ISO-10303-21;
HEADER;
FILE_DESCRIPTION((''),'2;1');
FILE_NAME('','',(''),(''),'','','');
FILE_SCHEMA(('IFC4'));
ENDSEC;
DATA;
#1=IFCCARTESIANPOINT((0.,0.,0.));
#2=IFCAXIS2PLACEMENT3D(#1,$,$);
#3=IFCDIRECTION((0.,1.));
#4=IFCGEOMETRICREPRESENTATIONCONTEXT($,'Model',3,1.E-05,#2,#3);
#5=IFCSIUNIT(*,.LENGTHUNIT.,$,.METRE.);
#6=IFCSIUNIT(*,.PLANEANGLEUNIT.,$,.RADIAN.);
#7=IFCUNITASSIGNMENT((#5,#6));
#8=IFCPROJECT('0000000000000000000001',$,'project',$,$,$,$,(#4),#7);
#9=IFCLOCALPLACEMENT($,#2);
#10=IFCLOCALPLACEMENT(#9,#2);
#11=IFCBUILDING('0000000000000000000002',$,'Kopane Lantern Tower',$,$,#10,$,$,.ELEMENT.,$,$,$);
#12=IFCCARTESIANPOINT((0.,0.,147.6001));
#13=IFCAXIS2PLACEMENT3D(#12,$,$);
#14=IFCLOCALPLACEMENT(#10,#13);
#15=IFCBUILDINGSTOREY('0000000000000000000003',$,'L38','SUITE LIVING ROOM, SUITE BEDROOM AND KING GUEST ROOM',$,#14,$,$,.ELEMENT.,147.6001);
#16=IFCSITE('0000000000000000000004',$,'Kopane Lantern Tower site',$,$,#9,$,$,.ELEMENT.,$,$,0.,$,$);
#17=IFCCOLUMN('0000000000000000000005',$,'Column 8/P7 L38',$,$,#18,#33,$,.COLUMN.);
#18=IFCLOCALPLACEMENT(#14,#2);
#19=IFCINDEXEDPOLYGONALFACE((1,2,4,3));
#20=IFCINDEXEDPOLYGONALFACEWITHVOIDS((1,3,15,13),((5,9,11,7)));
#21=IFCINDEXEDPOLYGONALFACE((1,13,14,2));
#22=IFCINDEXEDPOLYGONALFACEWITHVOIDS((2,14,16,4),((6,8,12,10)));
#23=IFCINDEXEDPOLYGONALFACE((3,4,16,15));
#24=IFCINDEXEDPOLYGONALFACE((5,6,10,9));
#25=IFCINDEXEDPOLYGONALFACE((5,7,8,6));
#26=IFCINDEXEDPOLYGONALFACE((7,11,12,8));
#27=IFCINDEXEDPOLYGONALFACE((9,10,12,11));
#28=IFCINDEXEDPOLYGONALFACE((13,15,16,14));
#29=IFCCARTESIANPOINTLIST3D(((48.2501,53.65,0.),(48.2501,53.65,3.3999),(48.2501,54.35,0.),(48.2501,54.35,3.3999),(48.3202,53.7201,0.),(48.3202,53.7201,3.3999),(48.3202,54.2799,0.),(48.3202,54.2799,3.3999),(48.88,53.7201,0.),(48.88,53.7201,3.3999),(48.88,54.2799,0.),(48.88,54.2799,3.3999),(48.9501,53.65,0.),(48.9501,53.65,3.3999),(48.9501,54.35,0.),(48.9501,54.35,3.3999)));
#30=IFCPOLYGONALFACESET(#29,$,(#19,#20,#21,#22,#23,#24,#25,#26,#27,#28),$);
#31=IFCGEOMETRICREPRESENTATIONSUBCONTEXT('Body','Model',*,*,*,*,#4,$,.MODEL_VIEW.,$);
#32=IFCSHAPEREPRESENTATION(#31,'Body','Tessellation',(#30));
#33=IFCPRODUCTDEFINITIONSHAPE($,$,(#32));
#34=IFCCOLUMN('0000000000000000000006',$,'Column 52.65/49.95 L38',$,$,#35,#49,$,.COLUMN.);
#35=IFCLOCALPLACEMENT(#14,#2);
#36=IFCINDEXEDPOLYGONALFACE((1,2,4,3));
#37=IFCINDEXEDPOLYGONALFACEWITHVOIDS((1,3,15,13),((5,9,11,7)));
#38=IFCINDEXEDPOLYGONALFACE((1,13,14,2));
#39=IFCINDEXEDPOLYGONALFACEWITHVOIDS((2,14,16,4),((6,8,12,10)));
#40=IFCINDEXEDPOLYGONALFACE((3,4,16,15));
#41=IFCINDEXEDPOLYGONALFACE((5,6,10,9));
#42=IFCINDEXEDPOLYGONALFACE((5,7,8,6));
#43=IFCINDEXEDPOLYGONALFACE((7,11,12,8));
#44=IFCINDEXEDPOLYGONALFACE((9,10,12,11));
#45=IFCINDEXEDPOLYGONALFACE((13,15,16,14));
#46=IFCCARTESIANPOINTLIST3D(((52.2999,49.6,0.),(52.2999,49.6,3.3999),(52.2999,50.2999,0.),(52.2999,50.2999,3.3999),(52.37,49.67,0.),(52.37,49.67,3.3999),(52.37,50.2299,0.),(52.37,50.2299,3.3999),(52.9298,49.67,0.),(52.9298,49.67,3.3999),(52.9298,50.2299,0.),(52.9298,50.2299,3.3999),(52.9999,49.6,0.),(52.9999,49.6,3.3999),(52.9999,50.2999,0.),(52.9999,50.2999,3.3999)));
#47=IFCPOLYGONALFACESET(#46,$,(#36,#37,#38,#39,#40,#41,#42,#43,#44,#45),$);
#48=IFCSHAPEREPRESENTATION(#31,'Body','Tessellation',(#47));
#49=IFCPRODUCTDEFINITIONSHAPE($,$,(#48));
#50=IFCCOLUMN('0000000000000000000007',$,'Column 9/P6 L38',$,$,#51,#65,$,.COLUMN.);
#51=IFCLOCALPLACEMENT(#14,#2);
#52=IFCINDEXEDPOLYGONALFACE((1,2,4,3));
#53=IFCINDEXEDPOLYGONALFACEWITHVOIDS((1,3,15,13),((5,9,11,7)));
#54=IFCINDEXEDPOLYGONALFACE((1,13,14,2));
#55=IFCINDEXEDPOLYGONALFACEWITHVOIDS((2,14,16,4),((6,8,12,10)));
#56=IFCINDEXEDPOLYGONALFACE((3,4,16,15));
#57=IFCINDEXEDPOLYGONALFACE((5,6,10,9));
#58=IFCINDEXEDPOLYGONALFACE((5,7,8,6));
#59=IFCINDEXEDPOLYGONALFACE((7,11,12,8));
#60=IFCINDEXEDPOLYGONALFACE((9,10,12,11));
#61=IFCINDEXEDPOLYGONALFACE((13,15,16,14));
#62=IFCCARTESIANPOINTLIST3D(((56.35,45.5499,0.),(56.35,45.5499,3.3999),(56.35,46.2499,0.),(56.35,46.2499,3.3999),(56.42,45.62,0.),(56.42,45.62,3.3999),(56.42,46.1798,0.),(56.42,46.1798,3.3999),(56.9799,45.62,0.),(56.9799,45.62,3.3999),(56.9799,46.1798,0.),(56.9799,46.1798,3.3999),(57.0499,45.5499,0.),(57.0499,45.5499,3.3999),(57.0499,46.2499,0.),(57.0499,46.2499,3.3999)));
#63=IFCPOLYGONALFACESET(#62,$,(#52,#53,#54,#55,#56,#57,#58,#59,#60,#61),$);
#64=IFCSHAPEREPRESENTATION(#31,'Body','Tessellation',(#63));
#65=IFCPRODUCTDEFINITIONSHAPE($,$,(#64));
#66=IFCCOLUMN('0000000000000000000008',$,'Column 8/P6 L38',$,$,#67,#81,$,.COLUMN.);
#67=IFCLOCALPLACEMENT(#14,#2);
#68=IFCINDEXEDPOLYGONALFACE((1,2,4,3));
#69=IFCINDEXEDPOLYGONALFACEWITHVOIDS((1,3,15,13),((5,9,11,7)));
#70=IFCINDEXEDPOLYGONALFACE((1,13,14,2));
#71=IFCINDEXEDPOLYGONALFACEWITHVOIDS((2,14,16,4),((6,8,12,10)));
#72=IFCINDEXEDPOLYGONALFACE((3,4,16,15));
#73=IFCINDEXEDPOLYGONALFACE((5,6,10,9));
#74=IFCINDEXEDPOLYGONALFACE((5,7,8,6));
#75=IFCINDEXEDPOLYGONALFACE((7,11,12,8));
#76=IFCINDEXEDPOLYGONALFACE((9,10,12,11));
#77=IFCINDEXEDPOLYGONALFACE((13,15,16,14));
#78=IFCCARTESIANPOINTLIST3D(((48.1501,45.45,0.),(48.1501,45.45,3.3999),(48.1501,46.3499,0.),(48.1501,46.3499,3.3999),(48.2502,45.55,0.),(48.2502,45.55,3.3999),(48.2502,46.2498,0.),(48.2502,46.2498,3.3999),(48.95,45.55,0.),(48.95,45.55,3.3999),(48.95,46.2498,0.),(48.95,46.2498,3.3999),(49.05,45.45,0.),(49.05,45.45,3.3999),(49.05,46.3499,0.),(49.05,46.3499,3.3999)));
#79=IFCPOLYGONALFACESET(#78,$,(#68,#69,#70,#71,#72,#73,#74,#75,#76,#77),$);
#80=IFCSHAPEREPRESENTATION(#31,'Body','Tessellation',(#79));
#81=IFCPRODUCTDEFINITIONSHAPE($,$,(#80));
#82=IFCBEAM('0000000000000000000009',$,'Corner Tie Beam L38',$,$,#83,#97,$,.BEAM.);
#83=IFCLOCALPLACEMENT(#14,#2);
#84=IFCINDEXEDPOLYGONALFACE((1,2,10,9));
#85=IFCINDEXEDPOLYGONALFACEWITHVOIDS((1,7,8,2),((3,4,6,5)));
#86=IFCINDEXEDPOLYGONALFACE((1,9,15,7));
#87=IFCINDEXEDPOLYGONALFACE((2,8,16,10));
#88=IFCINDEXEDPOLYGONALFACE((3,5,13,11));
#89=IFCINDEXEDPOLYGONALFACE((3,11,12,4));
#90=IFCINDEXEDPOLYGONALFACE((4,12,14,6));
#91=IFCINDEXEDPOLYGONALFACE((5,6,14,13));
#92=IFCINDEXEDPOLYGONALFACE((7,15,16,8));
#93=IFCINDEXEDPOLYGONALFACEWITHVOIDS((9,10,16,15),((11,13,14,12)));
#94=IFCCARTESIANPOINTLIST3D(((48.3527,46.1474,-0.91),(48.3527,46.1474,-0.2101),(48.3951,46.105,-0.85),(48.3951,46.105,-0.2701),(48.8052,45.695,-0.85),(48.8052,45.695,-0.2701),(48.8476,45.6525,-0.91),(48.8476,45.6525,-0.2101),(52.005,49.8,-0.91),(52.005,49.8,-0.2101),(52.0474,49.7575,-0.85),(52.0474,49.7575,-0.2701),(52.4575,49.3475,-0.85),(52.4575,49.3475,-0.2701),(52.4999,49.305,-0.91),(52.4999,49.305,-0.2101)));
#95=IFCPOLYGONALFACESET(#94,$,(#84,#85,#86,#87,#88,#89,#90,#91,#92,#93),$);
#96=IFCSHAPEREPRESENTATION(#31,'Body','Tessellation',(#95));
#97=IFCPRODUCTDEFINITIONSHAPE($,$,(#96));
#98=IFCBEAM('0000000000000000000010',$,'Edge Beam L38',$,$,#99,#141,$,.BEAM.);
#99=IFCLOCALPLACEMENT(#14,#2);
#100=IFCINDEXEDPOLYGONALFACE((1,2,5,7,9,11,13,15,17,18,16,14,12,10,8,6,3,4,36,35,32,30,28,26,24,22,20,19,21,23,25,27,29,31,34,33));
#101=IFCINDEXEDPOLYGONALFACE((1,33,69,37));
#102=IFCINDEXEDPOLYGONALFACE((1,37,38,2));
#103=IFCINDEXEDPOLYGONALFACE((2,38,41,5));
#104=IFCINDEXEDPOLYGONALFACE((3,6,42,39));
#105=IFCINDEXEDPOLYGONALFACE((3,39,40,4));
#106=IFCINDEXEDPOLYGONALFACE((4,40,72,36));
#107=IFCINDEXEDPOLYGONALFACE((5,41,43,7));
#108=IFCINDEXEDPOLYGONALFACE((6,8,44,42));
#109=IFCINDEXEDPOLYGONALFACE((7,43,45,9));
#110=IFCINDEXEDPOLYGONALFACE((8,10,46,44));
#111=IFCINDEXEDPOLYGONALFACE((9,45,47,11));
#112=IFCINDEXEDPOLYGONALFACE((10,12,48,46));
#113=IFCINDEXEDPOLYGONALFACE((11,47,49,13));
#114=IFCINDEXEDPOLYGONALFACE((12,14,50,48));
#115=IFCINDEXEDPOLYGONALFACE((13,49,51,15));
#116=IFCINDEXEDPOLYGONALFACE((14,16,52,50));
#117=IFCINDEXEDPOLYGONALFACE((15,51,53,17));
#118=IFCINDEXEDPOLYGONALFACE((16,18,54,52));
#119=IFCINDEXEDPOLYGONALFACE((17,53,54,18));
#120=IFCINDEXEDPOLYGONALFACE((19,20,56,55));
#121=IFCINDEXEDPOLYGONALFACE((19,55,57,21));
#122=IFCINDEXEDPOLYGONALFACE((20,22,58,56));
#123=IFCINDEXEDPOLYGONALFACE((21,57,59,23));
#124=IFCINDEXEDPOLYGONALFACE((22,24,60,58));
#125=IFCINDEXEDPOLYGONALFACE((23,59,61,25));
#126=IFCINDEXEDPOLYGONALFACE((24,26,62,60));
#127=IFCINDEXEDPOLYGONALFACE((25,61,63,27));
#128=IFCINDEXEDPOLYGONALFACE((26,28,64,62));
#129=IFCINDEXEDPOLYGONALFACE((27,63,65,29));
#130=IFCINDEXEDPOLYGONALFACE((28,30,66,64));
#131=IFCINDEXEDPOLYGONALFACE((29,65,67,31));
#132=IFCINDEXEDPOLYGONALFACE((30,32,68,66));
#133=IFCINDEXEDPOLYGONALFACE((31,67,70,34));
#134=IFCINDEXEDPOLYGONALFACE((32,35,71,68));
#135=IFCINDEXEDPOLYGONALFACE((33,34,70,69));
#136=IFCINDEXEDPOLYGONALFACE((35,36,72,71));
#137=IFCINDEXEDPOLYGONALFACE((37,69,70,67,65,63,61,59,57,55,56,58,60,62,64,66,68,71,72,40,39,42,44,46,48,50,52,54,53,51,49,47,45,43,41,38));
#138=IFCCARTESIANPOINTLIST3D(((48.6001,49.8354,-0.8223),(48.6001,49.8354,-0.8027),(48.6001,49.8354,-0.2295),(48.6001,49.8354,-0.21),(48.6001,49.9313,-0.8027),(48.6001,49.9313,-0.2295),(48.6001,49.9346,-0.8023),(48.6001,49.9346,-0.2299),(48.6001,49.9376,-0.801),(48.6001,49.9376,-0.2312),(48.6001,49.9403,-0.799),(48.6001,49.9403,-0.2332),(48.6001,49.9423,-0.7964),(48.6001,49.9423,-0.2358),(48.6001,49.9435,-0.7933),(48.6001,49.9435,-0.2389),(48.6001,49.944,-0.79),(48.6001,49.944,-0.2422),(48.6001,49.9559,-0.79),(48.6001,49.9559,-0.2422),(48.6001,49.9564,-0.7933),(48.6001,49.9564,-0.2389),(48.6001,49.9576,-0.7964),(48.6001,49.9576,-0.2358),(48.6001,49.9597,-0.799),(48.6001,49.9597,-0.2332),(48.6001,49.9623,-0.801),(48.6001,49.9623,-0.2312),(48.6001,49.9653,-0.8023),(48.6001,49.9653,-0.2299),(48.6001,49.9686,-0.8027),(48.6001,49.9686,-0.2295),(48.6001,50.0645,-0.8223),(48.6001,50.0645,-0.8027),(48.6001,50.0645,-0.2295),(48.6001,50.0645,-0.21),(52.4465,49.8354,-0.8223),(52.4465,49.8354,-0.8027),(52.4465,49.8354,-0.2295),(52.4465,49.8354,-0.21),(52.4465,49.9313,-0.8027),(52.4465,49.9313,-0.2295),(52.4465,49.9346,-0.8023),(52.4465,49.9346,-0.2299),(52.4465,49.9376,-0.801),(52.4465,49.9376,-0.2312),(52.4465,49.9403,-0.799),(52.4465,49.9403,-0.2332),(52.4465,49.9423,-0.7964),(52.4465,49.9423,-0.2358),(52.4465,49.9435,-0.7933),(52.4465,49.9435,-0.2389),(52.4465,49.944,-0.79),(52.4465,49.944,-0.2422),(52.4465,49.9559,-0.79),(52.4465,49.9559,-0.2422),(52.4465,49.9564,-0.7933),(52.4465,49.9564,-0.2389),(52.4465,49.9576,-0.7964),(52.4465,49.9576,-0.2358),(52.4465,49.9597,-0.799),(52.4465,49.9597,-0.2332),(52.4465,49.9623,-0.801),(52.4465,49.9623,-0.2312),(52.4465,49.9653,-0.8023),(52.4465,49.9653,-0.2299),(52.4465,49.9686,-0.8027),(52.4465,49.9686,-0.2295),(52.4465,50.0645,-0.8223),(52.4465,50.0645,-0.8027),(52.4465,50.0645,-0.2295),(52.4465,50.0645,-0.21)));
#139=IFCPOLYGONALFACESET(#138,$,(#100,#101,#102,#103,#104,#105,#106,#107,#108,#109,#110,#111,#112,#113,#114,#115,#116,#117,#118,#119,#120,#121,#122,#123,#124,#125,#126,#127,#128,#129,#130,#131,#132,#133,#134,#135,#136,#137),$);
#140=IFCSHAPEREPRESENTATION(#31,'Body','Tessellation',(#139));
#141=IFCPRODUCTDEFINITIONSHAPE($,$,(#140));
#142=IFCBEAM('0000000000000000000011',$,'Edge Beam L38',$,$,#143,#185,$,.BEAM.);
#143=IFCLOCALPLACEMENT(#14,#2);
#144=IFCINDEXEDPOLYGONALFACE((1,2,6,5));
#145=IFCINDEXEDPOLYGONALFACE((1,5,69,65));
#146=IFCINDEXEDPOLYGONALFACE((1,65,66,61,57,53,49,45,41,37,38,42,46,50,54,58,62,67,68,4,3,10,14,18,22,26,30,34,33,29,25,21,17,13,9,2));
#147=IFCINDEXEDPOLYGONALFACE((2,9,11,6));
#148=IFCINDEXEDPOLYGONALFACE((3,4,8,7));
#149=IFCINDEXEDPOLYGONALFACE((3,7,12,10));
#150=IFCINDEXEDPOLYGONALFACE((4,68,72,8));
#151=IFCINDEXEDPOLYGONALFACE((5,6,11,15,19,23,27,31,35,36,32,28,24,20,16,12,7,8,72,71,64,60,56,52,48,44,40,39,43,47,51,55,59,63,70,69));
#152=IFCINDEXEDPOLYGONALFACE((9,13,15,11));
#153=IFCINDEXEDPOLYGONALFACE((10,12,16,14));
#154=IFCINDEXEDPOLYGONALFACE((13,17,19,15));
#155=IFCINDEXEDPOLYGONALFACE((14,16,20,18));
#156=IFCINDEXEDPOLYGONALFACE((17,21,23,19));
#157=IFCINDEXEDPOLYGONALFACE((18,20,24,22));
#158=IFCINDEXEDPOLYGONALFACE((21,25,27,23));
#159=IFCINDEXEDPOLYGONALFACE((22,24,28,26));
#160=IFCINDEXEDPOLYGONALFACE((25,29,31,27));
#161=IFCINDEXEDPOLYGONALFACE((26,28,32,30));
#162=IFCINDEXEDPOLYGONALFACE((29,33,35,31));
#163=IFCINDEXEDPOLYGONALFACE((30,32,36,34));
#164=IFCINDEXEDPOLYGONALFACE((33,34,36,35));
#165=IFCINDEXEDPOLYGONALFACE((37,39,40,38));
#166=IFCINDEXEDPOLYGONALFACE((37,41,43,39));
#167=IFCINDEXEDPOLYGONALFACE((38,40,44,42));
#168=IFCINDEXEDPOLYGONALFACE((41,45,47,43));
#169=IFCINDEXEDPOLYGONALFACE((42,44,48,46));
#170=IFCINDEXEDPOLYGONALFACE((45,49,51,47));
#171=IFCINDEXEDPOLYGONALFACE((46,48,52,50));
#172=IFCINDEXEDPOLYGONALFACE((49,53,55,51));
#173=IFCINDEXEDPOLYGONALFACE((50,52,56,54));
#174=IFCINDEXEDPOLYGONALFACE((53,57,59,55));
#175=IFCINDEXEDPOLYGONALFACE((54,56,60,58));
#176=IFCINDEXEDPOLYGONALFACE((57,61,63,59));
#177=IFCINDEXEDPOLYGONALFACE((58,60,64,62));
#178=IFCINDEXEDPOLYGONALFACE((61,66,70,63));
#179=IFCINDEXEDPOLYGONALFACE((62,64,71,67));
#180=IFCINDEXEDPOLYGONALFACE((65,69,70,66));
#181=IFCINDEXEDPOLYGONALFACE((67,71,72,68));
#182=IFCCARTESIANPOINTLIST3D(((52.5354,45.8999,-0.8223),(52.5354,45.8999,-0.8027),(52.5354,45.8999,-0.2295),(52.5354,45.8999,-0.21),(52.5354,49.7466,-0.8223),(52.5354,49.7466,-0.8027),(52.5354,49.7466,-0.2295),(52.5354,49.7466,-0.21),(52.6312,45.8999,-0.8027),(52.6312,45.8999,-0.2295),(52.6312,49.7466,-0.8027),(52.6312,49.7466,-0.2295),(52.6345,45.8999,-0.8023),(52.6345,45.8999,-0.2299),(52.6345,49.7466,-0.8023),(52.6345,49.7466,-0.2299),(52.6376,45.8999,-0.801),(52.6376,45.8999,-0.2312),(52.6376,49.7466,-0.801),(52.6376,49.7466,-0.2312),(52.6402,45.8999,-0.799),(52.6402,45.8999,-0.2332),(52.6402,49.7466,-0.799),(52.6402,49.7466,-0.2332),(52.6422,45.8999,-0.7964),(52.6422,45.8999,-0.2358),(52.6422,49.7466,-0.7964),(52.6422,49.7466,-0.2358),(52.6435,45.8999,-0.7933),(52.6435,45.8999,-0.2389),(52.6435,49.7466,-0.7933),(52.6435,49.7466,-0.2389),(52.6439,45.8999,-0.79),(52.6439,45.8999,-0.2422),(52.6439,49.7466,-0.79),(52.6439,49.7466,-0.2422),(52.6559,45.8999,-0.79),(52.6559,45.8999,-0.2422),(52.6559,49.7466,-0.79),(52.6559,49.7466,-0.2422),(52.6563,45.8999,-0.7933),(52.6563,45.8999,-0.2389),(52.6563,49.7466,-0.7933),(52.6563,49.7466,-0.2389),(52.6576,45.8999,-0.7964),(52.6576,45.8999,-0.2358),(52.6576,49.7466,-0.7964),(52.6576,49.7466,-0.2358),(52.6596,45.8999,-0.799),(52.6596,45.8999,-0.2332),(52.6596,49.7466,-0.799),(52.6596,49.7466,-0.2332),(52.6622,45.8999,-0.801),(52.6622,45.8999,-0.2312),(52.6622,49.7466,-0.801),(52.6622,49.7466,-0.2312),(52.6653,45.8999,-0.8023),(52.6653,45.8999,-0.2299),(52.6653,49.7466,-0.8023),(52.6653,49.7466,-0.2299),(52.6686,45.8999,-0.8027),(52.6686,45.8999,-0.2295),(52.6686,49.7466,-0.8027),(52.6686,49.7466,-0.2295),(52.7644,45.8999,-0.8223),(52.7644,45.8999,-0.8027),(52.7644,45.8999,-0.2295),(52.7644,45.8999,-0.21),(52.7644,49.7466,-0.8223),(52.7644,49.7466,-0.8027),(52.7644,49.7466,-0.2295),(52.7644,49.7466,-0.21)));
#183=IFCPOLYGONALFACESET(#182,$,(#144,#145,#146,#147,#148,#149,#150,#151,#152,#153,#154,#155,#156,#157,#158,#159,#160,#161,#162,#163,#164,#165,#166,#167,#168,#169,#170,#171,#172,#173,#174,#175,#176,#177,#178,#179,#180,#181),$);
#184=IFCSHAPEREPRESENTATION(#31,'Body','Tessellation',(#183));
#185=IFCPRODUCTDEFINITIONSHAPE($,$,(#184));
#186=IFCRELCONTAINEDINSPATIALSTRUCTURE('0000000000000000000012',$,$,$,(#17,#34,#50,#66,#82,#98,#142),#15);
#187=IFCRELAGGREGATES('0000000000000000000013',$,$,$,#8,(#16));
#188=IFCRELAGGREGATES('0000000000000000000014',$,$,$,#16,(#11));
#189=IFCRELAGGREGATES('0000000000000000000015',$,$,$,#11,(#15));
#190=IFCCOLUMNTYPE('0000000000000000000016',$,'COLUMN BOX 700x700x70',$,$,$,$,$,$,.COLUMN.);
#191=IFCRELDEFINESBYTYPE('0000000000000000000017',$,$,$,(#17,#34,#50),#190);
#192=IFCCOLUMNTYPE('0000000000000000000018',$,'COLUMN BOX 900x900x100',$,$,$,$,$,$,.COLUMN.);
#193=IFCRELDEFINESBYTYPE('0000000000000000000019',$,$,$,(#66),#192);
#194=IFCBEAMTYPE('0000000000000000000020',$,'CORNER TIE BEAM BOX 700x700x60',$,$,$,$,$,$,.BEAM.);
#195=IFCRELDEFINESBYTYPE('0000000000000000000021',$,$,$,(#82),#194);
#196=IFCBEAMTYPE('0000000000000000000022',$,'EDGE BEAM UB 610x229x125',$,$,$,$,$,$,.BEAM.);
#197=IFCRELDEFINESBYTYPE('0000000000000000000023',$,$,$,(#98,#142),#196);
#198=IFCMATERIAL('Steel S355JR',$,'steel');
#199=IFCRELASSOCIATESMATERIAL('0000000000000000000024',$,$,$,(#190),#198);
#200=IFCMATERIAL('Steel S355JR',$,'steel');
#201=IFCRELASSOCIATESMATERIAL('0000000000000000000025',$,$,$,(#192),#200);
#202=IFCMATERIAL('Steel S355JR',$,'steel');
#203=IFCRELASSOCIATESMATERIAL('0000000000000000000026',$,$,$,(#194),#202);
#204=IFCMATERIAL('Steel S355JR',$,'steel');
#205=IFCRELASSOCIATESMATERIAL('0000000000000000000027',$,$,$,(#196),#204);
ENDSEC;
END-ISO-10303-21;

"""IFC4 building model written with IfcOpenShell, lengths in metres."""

from ifc_helpers import new_model, si_unit, direction, frame, origin, origin_2d, place, context, subcontext, project, spatial, hollow_rectangle, i_section, extrude, material, material_profile, profile_set, type_object, element, save


model = new_model("IFC4")

# Units and contexts
model_context = context("Model", 3, precision=1e-05, world=origin(), true_north=direction((0.0, 1.0)))
body_context = subcontext(model_context, "Body", "Model", "MODEL_VIEW")
ifc_project = project(units=[si_unit("LENGTHUNIT", "METRE"), si_unit("PLANEANGLEUNIT", "RADIAN")], contexts=[model_context])

# Site, building, storey
site_placement = place(None, origin())
site = spatial("IfcSite", under=ifc_project, at=site_placement, Name="Kopane Lantern Tower site", CompositionType="ELEMENT", RefElevation=0.0)
building_placement = place(site_placement, origin())
building = spatial("IfcBuilding", under=site, at=building_placement, Name="Kopane Lantern Tower", CompositionType="ELEMENT")
storey_placement = place(building_placement, frame((0.0, 0.0, 147.6001)))
storey = spatial("IfcBuildingStorey", under=building, at=storey_placement, Name="L38", Description="SUITE LIVING ROOM, SUITE BEDROOM AND KING GUEST ROOM", CompositionType="ELEMENT", Elevation=147.6001)

# Columns
ifc_material_1 = material(Name="Steel S355JR", Category="steel")
ifc_material_profile_1 = material_profile(ifc_material_1, hollow_rectangle(XDim=0.7, YDim=0.7, WallThickness=0.0701, at=origin_2d()), Name="BOX 700x700x70")
ifc_profile_set_1 = profile_set([ifc_material_profile_1], Name="Steel S355JR")
column_type_1 = type_object("IfcColumnType", Name="COLUMN BOX 700x700x70", PredefinedType="COLUMN", material=ifc_profile_set_1)
for number, where, z_axis, x_axis, name in (
    (1, (48.6001, 54.0, 0.0), (0.0, 0.0, 1.0), (1.0, 0.0, 0.0), "Column 8/P7 L38"),
    (2, (52.6499, 49.95, 0.0), (0.0, 0.0, 1.0), (1.0, 0.0, 0.0), "Column 52.65/49.95 L38"),
    (3, (56.7, 45.8999, 0.0), (0.0, 0.0, 1.0), (1.0, 0.0, 0.0), "Column 9/P6 L38"),
):
    element("IfcColumn", number, at=place(storey_placement, frame(where, z_axis=z_axis, x_axis=x_axis)), inside=storey, type_object=column_type_1, Name=name, PredefinedType="COLUMN", context=body_context, shape_type="SweptSolid", body=[
        extrude(hollow_rectangle(XDim=0.7, YDim=0.7, WallThickness=0.0701, at=origin_2d()), origin(), (0.0, 0.0, 1.0), 3.3999),
    ])
ifc_material_2 = material(Name="Steel S355JR", Category="steel")
ifc_material_profile_2 = material_profile(ifc_material_2, hollow_rectangle(XDim=0.8999, YDim=0.8999, WallThickness=0.1001, at=origin_2d()), Name="BOX 900x900x100")
ifc_profile_set_2 = profile_set([ifc_material_profile_2], Name="Steel S355JR")
column_type_2 = type_object("IfcColumnType", Name="COLUMN BOX 900x900x100", PredefinedType="COLUMN", material=ifc_profile_set_2)
column_placement = place(storey_placement, frame((48.6001, 45.8999, 0.0), z_axis=(0.0, 0.0, 1.0), x_axis=(1.0, 0.0, 0.0)))
element("IfcColumn", 4, at=column_placement, inside=storey, type_object=column_type_2, Name="Column 8/P6 L38", PredefinedType="COLUMN", context=body_context, shape_type="SweptSolid", body=[
    extrude(hollow_rectangle(XDim=0.8999, YDim=0.8999, WallThickness=0.1001, at=origin_2d()), origin(), (0.0, 0.0, 1.0), 3.3999),
])

# Beams
ifc_material_3 = material(Name="Steel S355JR", Category="steel")
ifc_material_profile_3 = material_profile(ifc_material_3, hollow_rectangle(XDim=0.7, YDim=0.7, WallThickness=0.0601, at=origin_2d()), Name="BOX 700x700x60")
ifc_profile_set_3 = profile_set([ifc_material_profile_3], Name="Steel S355JR")
beam_type_1 = type_object("IfcBeamType", Name="CORNER TIE BEAM BOX 700x700x60", PredefinedType="BEAM", material=ifc_profile_set_3)
beam_1_placement = place(storey_placement, frame((52.2524, 49.5525, -0.5601), z_axis=(-0.707083, -0.70713, 0.0), x_axis=(0.70713, -0.707083, 0.0)))
element("IfcBeam", 5, at=beam_1_placement, inside=storey, type_object=beam_type_1, Name="Corner Tie Beam L38", PredefinedType="BEAM", context=body_context, shape_type="SweptSolid", body=[
    extrude(hollow_rectangle(XDim=0.7, YDim=0.7, WallThickness=0.0601, at=origin_2d()), origin(), (0.0, 0.0, 1.0), 5.1653),
])
ifc_material_4 = material(Name="Steel S355JR", Category="steel")
ifc_material_profile_4 = material_profile(ifc_material_4, i_section(OverallWidth=0.229, OverallDepth=0.6123, WebThickness=0.012, FlangeThickness=0.0195, FilletRadius=0.0127, at=origin_2d()), Name="UB 610x229x125")
ifc_profile_set_4 = profile_set([ifc_material_profile_4], Name="Steel S355JR")
beam_type_2 = type_object("IfcBeamType", Name="EDGE BEAM UB 610x229x125", PredefinedType="BEAM", material=ifc_profile_set_4)
beam_2_placement = place(storey_placement, frame((52.4465, 49.95, -0.5161), z_axis=(-1.0, 0.0, 0.0), x_axis=(0.0, -1.0, 0.0)))
element("IfcBeam", 6, at=beam_2_placement, inside=storey, type_object=beam_type_2, Name="Edge Beam L38", PredefinedType="BEAM", context=body_context, shape_type="SweptSolid", body=[
    extrude(i_section(OverallWidth=0.229, OverallDepth=0.6123, WebThickness=0.012, FlangeThickness=0.0195, FilletRadius=0.0127, at=origin_2d()), origin(), (0.0, 0.0, 1.0), 3.8464),
])
beam_3_placement = place(storey_placement, frame((52.6499, 49.7466, -0.5161), z_axis=(0.0, -1.0, 0.0), x_axis=(1.0, 0.0, 0.0)))
element("IfcBeam", 7, at=beam_3_placement, inside=storey, type_object=beam_type_2, Name="Edge Beam L38", PredefinedType="BEAM", context=body_context, shape_type="SweptSolid", body=[
    extrude(i_section(OverallWidth=0.229, OverallDepth=0.6123, WebThickness=0.012, FlangeThickness=0.0195, FilletRadius=0.0127, at=origin_2d()), origin(), (0.0, 0.0, 1.0), 3.8467),
])

save(model, "model.ifc")
